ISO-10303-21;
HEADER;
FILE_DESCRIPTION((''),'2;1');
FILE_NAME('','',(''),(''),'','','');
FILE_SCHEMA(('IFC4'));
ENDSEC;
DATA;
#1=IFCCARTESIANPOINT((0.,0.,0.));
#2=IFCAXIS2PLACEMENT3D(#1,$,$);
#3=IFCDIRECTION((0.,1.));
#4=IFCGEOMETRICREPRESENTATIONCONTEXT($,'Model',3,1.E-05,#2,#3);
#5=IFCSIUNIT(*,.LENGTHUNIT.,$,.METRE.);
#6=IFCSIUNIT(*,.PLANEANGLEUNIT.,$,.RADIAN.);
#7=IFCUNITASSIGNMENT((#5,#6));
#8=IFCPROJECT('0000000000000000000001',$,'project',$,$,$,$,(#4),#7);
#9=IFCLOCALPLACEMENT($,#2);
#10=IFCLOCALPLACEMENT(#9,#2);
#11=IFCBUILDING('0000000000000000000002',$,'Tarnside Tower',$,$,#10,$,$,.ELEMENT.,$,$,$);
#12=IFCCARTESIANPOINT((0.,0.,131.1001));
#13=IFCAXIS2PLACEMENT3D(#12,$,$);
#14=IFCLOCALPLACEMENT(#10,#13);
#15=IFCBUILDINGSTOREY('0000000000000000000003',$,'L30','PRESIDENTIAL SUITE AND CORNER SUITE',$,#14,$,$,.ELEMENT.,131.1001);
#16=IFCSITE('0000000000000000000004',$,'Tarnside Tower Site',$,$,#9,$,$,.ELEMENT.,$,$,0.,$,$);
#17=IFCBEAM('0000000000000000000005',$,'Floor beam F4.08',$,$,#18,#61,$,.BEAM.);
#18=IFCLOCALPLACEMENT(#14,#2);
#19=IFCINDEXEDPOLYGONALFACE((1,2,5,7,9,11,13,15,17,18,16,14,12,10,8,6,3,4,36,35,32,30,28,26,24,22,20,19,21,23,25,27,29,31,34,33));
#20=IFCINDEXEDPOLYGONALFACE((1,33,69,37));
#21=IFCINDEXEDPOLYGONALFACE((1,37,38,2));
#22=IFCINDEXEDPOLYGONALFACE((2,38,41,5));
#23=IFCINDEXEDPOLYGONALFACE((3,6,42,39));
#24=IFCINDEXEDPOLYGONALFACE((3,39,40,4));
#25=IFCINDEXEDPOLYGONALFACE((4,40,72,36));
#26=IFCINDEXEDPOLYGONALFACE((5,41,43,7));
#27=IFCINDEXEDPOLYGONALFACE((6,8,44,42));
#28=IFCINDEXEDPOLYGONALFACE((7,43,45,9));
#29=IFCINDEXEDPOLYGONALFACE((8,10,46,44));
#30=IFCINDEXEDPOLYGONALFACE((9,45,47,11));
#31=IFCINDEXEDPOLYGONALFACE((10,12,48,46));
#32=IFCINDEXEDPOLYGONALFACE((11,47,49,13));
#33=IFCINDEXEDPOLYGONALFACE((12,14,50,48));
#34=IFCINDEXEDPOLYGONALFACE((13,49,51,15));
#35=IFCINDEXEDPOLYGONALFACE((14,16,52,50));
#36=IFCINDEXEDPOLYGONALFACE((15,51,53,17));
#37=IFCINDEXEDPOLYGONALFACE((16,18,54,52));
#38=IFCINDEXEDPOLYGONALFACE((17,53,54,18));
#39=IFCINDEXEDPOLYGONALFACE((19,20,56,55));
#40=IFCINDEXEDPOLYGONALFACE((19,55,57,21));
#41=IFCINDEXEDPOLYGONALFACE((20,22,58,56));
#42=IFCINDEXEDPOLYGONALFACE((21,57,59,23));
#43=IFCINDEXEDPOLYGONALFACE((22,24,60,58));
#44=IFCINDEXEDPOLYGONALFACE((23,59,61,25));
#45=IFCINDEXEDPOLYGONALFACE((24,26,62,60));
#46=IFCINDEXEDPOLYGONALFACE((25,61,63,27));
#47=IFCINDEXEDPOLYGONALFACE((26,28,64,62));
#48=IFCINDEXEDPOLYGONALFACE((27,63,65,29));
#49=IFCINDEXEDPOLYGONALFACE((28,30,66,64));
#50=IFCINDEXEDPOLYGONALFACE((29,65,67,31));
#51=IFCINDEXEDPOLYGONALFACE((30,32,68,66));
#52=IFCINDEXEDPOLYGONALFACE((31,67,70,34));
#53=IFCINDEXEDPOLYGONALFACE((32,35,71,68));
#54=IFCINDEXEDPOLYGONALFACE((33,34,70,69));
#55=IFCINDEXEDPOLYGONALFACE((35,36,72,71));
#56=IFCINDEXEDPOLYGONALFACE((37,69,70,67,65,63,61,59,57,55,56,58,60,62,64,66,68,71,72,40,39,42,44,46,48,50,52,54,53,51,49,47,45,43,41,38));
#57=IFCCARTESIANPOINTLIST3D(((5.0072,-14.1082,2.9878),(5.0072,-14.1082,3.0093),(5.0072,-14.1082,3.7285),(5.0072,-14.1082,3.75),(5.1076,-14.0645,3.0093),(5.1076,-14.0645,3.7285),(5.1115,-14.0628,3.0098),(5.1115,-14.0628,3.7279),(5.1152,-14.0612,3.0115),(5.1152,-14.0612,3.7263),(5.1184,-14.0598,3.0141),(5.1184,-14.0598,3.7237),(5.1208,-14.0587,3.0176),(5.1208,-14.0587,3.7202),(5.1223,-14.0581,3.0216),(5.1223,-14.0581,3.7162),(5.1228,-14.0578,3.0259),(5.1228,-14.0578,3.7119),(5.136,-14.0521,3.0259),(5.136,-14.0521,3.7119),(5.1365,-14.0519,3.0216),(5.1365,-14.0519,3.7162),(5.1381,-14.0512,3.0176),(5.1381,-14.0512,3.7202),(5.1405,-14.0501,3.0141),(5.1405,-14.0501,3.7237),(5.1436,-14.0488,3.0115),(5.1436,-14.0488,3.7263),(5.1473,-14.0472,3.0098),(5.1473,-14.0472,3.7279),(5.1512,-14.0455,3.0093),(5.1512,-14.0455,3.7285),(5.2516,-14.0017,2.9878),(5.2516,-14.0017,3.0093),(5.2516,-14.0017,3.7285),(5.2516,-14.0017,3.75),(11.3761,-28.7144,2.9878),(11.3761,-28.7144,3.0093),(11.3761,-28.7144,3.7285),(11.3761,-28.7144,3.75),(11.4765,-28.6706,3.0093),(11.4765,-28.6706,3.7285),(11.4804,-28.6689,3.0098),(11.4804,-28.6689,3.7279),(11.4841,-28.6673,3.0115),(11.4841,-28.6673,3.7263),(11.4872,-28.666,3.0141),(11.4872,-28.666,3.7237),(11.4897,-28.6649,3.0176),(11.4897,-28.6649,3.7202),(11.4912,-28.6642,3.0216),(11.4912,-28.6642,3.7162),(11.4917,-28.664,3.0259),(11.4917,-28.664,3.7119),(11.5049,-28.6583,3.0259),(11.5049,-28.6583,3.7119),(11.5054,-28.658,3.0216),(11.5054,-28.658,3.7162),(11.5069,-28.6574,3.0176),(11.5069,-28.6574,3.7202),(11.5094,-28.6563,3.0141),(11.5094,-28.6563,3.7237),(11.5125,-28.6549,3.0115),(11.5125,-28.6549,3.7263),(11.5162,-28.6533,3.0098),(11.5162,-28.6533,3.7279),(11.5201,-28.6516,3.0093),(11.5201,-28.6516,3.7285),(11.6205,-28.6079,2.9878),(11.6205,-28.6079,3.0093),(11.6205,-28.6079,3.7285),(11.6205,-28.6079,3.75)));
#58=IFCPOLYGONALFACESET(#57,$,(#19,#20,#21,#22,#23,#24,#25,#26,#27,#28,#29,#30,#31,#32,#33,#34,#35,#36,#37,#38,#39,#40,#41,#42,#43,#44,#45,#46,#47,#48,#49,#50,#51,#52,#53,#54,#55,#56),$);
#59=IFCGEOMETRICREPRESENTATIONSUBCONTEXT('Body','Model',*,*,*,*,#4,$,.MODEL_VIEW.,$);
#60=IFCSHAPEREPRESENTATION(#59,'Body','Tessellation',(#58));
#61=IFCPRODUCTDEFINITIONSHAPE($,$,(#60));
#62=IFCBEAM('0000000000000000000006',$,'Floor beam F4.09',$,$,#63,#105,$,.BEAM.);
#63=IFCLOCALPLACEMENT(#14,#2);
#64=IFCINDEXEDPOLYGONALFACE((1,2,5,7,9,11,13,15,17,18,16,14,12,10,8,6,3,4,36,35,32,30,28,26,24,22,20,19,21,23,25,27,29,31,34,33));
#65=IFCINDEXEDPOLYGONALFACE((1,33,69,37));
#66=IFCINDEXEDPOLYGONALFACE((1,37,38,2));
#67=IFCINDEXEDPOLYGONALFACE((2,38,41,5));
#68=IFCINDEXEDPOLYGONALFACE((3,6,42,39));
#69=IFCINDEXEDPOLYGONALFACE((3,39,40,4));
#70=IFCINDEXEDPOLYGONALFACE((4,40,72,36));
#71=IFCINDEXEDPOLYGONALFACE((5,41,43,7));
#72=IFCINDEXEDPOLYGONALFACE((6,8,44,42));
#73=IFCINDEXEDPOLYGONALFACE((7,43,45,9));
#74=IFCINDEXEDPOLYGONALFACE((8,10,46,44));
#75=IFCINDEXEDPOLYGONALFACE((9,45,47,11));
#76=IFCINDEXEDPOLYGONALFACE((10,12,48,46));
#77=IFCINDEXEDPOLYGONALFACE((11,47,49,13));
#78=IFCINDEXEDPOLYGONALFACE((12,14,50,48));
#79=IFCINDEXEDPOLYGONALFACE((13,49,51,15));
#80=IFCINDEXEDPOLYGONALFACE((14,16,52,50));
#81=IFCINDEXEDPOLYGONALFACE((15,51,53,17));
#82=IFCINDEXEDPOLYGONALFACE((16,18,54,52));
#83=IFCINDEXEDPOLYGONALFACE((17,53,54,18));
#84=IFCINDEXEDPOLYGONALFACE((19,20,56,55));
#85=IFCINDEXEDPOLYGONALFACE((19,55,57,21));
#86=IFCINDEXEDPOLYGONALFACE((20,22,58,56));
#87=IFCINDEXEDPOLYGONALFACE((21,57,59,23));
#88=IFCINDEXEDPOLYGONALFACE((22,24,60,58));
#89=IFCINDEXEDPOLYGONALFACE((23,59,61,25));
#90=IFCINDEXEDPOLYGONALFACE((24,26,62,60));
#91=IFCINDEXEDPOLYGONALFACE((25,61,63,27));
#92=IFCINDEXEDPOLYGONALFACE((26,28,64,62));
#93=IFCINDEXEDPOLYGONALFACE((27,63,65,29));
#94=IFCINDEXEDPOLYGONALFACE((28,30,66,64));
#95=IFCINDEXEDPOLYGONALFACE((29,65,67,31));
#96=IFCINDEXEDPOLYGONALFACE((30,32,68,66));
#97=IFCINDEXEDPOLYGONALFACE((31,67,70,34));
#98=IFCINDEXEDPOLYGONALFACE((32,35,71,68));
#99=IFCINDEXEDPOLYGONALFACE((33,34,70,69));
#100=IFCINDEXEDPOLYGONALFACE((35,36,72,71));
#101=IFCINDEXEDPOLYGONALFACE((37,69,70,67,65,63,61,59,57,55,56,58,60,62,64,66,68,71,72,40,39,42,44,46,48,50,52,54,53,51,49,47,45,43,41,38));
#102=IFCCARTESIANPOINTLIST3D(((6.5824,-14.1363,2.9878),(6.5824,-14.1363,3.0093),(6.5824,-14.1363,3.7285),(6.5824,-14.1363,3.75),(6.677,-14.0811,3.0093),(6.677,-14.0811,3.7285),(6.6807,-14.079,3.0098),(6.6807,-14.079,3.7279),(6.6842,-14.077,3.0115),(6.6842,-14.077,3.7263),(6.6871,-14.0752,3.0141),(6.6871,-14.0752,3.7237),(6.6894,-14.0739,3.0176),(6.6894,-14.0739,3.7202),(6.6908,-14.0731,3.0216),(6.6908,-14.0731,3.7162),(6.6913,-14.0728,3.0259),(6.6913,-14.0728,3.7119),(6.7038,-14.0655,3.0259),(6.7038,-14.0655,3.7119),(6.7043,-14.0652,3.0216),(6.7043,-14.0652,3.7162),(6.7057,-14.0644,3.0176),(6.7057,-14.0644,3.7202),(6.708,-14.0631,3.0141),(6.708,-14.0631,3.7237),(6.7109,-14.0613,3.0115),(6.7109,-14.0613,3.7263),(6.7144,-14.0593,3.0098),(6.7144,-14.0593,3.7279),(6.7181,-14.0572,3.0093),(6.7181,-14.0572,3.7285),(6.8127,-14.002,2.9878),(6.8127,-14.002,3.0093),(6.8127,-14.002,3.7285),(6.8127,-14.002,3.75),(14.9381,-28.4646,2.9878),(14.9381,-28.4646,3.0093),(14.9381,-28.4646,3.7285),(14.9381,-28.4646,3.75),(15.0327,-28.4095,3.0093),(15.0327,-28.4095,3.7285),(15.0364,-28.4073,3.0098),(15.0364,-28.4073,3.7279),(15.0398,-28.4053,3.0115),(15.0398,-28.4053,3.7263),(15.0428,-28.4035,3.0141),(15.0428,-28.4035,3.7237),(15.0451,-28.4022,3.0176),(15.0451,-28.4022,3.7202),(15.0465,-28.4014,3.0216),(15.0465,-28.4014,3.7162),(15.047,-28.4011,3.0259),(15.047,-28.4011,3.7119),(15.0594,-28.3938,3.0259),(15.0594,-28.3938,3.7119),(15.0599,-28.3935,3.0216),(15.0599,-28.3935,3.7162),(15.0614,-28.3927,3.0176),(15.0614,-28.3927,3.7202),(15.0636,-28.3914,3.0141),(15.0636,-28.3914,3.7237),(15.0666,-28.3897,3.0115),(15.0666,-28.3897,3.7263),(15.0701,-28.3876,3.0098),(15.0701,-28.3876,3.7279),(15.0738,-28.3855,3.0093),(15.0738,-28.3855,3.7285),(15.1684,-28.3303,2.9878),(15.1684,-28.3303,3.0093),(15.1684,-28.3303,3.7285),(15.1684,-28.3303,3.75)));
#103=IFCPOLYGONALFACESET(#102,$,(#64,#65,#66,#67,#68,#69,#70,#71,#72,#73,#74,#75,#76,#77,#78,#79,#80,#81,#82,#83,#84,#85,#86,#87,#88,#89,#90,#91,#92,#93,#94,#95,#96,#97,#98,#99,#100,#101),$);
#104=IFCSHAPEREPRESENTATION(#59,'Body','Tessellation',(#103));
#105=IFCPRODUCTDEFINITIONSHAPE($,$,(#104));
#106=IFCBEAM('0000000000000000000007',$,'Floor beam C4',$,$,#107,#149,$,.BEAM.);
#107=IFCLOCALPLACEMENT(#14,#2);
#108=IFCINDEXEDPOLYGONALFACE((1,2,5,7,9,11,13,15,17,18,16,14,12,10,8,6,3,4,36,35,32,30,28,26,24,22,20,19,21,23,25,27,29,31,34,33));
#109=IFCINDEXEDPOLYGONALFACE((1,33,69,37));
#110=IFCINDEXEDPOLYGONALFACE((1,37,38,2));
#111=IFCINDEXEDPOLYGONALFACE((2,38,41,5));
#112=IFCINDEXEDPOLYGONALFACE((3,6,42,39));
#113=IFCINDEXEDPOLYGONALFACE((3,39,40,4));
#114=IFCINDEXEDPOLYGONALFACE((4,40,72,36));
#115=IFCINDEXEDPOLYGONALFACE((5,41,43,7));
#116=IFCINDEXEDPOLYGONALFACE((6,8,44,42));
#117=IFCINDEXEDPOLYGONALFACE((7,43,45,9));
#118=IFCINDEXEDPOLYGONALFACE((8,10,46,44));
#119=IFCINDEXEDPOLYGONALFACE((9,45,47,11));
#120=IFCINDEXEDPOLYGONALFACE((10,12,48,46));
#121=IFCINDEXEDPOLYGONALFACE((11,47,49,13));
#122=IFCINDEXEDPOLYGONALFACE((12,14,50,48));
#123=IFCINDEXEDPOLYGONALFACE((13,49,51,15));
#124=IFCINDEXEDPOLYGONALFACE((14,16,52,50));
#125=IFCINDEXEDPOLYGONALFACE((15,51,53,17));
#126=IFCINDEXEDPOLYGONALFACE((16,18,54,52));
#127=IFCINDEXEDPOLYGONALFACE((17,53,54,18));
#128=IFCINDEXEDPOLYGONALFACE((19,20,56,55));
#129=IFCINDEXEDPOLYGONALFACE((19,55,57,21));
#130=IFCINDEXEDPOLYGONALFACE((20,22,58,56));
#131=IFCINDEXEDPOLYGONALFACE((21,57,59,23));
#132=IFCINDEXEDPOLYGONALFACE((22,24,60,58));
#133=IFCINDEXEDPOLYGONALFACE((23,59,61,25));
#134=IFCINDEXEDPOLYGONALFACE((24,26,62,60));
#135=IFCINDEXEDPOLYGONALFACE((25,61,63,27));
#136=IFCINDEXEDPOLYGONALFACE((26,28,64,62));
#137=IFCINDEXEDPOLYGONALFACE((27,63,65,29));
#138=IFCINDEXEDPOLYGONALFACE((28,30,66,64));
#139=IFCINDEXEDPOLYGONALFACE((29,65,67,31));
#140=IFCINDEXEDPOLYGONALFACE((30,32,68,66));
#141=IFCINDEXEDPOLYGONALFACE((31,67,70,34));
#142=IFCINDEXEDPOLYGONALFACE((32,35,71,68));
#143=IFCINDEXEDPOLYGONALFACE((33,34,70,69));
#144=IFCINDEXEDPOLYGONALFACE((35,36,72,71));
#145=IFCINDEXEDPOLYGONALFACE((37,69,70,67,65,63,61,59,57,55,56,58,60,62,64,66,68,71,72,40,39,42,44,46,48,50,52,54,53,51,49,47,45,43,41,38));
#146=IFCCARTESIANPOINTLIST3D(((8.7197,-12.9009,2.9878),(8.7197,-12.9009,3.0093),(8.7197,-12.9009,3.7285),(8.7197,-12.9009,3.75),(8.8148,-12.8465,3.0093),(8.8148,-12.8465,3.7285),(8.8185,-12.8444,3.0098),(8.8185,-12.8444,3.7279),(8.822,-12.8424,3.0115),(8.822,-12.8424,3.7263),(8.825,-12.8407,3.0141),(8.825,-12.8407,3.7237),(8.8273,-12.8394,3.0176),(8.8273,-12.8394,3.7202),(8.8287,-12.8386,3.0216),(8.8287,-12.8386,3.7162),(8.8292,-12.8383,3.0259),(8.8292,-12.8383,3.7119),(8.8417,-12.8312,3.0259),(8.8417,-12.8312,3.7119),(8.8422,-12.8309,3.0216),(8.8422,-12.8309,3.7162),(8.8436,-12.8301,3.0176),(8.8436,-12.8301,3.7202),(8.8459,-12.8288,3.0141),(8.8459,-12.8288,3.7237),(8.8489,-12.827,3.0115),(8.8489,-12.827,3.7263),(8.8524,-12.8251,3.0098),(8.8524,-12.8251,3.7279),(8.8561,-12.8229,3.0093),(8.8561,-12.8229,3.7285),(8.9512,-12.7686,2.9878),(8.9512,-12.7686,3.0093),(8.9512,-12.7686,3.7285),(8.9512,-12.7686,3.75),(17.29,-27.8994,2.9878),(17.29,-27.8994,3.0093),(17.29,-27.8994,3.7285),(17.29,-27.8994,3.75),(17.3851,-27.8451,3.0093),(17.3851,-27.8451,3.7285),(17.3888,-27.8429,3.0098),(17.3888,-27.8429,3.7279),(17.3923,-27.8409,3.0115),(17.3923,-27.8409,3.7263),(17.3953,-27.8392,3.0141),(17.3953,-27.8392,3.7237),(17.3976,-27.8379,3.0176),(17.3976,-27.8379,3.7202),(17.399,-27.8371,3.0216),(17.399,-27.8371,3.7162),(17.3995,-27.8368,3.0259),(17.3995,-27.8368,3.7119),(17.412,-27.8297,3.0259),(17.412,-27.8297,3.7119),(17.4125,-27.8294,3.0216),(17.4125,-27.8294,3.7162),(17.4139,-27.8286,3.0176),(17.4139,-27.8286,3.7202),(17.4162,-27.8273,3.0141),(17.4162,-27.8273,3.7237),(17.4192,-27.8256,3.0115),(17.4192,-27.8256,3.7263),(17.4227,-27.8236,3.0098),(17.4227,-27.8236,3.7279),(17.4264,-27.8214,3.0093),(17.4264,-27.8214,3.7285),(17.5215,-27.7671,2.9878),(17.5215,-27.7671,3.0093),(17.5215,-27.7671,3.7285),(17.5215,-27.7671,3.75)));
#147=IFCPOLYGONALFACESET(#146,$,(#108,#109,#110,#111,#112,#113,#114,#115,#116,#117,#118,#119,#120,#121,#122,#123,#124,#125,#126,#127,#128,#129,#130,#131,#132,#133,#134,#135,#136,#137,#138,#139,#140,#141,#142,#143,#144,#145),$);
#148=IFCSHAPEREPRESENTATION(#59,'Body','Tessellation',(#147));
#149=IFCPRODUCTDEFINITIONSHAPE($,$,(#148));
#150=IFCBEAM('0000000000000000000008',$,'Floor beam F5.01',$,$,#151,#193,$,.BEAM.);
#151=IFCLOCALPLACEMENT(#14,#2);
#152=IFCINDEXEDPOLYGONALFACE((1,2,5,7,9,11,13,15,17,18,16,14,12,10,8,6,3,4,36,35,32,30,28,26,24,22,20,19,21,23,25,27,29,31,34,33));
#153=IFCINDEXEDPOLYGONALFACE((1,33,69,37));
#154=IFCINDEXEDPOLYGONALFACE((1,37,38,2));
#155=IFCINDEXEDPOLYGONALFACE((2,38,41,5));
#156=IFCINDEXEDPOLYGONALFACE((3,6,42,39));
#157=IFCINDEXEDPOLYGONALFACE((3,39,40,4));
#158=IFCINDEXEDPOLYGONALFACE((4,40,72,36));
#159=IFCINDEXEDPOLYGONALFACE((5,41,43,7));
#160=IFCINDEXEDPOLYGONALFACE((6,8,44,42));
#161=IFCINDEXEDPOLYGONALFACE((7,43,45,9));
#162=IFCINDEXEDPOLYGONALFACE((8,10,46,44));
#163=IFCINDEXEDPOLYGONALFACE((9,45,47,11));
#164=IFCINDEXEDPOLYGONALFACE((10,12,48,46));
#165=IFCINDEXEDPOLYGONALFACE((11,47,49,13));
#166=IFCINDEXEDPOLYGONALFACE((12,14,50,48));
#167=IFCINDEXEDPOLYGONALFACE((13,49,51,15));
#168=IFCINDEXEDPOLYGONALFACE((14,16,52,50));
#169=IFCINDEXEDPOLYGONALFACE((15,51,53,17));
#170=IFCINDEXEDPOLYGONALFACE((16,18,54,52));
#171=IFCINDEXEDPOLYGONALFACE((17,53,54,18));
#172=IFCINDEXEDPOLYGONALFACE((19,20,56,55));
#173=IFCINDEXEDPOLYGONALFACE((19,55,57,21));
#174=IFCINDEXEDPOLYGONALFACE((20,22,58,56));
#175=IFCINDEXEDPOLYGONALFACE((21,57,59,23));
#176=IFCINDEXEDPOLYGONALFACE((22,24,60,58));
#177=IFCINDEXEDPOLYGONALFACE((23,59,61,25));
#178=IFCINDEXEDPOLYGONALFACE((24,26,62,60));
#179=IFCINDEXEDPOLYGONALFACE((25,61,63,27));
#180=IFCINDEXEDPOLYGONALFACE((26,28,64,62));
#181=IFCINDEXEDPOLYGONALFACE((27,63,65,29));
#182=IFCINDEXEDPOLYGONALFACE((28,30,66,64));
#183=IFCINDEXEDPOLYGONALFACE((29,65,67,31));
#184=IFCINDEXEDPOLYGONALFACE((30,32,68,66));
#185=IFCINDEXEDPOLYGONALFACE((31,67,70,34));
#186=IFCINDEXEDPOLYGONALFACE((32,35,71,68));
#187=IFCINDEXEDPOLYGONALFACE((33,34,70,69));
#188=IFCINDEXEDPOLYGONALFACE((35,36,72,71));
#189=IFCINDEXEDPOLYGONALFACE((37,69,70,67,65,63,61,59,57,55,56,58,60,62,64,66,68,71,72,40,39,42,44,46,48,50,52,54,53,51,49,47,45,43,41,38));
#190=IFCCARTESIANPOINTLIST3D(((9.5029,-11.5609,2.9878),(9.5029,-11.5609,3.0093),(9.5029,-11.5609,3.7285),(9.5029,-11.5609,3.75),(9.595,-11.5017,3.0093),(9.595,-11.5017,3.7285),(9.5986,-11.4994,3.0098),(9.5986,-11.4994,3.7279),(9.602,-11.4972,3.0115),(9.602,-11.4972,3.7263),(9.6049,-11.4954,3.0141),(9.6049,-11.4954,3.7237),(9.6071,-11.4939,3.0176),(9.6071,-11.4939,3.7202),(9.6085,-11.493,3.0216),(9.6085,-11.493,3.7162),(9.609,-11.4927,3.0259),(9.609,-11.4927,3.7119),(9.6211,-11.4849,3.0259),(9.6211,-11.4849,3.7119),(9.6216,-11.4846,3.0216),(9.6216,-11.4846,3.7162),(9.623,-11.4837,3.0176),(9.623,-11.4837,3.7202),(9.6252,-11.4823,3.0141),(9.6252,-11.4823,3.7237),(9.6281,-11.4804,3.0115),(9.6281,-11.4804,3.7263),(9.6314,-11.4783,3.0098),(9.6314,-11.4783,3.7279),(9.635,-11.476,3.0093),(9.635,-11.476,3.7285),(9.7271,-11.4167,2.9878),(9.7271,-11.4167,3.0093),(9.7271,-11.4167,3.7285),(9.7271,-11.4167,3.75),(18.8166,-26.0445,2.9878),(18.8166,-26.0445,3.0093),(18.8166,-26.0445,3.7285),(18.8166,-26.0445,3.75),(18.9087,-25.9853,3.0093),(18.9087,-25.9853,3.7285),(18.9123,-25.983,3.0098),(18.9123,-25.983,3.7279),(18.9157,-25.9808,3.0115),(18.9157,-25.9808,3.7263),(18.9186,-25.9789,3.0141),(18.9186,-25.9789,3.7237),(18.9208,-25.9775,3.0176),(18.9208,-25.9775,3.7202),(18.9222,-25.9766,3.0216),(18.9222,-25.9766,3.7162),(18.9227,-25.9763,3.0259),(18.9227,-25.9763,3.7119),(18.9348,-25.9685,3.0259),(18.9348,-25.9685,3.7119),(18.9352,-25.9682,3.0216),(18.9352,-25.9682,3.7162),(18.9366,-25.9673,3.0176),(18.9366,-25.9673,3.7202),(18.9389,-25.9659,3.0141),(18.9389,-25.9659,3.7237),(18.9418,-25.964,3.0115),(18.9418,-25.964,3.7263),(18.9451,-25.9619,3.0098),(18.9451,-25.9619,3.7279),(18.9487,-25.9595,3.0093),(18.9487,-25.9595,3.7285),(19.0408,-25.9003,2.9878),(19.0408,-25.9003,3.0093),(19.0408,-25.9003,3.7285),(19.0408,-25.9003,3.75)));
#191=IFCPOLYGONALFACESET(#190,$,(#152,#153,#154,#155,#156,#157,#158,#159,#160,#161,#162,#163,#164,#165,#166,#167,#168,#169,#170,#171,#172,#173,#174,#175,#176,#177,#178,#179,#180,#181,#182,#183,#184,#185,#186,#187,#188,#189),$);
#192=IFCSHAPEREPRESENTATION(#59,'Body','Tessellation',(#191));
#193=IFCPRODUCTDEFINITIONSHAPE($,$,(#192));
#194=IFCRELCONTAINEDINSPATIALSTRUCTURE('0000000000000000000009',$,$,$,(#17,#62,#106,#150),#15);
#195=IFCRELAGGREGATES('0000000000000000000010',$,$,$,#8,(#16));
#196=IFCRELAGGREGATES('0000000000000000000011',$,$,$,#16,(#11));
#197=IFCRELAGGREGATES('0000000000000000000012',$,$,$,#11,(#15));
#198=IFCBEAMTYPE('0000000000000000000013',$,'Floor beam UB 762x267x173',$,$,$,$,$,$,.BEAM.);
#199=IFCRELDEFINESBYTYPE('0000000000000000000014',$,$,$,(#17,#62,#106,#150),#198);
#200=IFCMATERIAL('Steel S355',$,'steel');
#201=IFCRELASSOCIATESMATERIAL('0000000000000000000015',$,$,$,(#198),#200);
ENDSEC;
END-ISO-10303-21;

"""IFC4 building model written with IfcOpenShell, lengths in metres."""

from ifc_helpers import new_model, si_unit, direction, frame, origin, origin_2d, place, context, subcontext, project, spatial, i_section, extrude, material, material_profile, profile_set, type_object, element, save


model = new_model("IFC4")

# Units and contexts
model_context = context("Model", 3, precision=1e-05, world=origin(), true_north=direction((0.0, 1.0)))
body_context = subcontext(model_context, "Body", "Model", "MODEL_VIEW")
ifc_project = project(units=[si_unit("LENGTHUNIT", "METRE"), si_unit("PLANEANGLEUNIT", "RADIAN")], contexts=[model_context])

# Site, building, storey
site_placement = place(None, origin())
site = spatial("IfcSite", under=ifc_project, at=site_placement, Name="Tarnside Tower Site", CompositionType="ELEMENT", RefElevation=0.0)
building_placement = place(site_placement, origin())
building = spatial("IfcBuilding", under=site, at=building_placement, Name="Tarnside Tower", CompositionType="ELEMENT")
storey_placement = place(building_placement, frame((0.0, 0.0, 131.1001)))
storey = spatial("IfcBuildingStorey", under=building, at=storey_placement, Name="L30", Description="PRESIDENTIAL SUITE AND CORNER SUITE", CompositionType="ELEMENT", Elevation=131.1001)

# Beams
ifc_material_1 = material(Name="Steel S355", Category="steel")
ifc_material_profile = material_profile(ifc_material_1, i_section(OverallWidth=0.2666, OverallDepth=0.7622, WebThickness=0.0144, FlangeThickness=0.0215, FilletRadius=0.0166, at=origin_2d()), Name="UB 762x267x173")
ifc_profile_set = profile_set([ifc_material_profile], Name="Steel S355")
beam_type = type_object("IfcBeamType", Name="Floor beam UB 762x267x173", PredefinedType="BEAM", material=ifc_profile_set)
beam_1_placement = place(storey_placement, frame((11.4983, -28.6611, 3.3689), z_axis=(-0.399696, 0.916648, 0.0), x_axis=(-0.916648, -0.399696, 0.0)))
element("IfcBeam", 1, at=beam_1_placement, inside=storey, type_object=beam_type, Name="Floor beam F4.08", PredefinedType="BEAM", context=body_context, shape_type="SweptSolid", body=[
    extrude(i_section(OverallWidth=0.2666, OverallDepth=0.7622, WebThickness=0.0144, FlangeThickness=0.0215, FilletRadius=0.0166, at=origin_2d()), origin(), (0.0, 0.0, 1.0), 15.9343),
])
beam_2_placement = place(storey_placement, frame((15.0532, -28.3975, 3.3689), z_axis=(-0.503758, 0.863845, 0.0), x_axis=(-0.863845, -0.503758, 0.0)))
element("IfcBeam", 2, at=beam_2_placement, inside=storey, type_object=beam_type, Name="Floor beam F4.09", PredefinedType="BEAM", context=body_context, shape_type="SweptSolid", body=[
    extrude(i_section(OverallWidth=0.2666, OverallDepth=0.7622, WebThickness=0.0144, FlangeThickness=0.0215, FilletRadius=0.0166, at=origin_2d()), origin(), (0.0, 0.0, 1.0), 16.5867),
])
beam_3_placement = place(storey_placement, frame((17.4058, -27.8333, 3.3689), z_axis=(-0.496127, 0.86825, 0.0), x_axis=(-0.86825, -0.496127, 0.0)))
element("IfcBeam", 3, at=beam_3_placement, inside=storey, type_object=beam_type, Name="Floor beam C4", PredefinedType="BEAM", context=body_context, shape_type="SweptSolid", body=[
    extrude(i_section(OverallWidth=0.2666, OverallDepth=0.7622, WebThickness=0.0144, FlangeThickness=0.0215, FilletRadius=0.0166, at=origin_2d()), origin(), (0.0, 0.0, 1.0), 17.2744),
])
beam_4_placement = place(storey_placement, frame((18.9287, -25.9724, 3.3689), z_axis=(-0.540873, 0.841104, 0.0), x_axis=(-0.841104, -0.540873, 0.0)))
element("IfcBeam", 4, at=beam_4_placement, inside=storey, type_object=beam_type, Name="Floor beam F5.01", PredefinedType="BEAM", context=body_context, shape_type="SweptSolid", body=[
    extrude(i_section(OverallWidth=0.2666, OverallDepth=0.7622, WebThickness=0.0144, FlangeThickness=0.0215, FilletRadius=0.0166, at=origin_2d()), origin(), (0.0, 0.0, 1.0), 17.2197),
])

save(model, "model.ifc")
